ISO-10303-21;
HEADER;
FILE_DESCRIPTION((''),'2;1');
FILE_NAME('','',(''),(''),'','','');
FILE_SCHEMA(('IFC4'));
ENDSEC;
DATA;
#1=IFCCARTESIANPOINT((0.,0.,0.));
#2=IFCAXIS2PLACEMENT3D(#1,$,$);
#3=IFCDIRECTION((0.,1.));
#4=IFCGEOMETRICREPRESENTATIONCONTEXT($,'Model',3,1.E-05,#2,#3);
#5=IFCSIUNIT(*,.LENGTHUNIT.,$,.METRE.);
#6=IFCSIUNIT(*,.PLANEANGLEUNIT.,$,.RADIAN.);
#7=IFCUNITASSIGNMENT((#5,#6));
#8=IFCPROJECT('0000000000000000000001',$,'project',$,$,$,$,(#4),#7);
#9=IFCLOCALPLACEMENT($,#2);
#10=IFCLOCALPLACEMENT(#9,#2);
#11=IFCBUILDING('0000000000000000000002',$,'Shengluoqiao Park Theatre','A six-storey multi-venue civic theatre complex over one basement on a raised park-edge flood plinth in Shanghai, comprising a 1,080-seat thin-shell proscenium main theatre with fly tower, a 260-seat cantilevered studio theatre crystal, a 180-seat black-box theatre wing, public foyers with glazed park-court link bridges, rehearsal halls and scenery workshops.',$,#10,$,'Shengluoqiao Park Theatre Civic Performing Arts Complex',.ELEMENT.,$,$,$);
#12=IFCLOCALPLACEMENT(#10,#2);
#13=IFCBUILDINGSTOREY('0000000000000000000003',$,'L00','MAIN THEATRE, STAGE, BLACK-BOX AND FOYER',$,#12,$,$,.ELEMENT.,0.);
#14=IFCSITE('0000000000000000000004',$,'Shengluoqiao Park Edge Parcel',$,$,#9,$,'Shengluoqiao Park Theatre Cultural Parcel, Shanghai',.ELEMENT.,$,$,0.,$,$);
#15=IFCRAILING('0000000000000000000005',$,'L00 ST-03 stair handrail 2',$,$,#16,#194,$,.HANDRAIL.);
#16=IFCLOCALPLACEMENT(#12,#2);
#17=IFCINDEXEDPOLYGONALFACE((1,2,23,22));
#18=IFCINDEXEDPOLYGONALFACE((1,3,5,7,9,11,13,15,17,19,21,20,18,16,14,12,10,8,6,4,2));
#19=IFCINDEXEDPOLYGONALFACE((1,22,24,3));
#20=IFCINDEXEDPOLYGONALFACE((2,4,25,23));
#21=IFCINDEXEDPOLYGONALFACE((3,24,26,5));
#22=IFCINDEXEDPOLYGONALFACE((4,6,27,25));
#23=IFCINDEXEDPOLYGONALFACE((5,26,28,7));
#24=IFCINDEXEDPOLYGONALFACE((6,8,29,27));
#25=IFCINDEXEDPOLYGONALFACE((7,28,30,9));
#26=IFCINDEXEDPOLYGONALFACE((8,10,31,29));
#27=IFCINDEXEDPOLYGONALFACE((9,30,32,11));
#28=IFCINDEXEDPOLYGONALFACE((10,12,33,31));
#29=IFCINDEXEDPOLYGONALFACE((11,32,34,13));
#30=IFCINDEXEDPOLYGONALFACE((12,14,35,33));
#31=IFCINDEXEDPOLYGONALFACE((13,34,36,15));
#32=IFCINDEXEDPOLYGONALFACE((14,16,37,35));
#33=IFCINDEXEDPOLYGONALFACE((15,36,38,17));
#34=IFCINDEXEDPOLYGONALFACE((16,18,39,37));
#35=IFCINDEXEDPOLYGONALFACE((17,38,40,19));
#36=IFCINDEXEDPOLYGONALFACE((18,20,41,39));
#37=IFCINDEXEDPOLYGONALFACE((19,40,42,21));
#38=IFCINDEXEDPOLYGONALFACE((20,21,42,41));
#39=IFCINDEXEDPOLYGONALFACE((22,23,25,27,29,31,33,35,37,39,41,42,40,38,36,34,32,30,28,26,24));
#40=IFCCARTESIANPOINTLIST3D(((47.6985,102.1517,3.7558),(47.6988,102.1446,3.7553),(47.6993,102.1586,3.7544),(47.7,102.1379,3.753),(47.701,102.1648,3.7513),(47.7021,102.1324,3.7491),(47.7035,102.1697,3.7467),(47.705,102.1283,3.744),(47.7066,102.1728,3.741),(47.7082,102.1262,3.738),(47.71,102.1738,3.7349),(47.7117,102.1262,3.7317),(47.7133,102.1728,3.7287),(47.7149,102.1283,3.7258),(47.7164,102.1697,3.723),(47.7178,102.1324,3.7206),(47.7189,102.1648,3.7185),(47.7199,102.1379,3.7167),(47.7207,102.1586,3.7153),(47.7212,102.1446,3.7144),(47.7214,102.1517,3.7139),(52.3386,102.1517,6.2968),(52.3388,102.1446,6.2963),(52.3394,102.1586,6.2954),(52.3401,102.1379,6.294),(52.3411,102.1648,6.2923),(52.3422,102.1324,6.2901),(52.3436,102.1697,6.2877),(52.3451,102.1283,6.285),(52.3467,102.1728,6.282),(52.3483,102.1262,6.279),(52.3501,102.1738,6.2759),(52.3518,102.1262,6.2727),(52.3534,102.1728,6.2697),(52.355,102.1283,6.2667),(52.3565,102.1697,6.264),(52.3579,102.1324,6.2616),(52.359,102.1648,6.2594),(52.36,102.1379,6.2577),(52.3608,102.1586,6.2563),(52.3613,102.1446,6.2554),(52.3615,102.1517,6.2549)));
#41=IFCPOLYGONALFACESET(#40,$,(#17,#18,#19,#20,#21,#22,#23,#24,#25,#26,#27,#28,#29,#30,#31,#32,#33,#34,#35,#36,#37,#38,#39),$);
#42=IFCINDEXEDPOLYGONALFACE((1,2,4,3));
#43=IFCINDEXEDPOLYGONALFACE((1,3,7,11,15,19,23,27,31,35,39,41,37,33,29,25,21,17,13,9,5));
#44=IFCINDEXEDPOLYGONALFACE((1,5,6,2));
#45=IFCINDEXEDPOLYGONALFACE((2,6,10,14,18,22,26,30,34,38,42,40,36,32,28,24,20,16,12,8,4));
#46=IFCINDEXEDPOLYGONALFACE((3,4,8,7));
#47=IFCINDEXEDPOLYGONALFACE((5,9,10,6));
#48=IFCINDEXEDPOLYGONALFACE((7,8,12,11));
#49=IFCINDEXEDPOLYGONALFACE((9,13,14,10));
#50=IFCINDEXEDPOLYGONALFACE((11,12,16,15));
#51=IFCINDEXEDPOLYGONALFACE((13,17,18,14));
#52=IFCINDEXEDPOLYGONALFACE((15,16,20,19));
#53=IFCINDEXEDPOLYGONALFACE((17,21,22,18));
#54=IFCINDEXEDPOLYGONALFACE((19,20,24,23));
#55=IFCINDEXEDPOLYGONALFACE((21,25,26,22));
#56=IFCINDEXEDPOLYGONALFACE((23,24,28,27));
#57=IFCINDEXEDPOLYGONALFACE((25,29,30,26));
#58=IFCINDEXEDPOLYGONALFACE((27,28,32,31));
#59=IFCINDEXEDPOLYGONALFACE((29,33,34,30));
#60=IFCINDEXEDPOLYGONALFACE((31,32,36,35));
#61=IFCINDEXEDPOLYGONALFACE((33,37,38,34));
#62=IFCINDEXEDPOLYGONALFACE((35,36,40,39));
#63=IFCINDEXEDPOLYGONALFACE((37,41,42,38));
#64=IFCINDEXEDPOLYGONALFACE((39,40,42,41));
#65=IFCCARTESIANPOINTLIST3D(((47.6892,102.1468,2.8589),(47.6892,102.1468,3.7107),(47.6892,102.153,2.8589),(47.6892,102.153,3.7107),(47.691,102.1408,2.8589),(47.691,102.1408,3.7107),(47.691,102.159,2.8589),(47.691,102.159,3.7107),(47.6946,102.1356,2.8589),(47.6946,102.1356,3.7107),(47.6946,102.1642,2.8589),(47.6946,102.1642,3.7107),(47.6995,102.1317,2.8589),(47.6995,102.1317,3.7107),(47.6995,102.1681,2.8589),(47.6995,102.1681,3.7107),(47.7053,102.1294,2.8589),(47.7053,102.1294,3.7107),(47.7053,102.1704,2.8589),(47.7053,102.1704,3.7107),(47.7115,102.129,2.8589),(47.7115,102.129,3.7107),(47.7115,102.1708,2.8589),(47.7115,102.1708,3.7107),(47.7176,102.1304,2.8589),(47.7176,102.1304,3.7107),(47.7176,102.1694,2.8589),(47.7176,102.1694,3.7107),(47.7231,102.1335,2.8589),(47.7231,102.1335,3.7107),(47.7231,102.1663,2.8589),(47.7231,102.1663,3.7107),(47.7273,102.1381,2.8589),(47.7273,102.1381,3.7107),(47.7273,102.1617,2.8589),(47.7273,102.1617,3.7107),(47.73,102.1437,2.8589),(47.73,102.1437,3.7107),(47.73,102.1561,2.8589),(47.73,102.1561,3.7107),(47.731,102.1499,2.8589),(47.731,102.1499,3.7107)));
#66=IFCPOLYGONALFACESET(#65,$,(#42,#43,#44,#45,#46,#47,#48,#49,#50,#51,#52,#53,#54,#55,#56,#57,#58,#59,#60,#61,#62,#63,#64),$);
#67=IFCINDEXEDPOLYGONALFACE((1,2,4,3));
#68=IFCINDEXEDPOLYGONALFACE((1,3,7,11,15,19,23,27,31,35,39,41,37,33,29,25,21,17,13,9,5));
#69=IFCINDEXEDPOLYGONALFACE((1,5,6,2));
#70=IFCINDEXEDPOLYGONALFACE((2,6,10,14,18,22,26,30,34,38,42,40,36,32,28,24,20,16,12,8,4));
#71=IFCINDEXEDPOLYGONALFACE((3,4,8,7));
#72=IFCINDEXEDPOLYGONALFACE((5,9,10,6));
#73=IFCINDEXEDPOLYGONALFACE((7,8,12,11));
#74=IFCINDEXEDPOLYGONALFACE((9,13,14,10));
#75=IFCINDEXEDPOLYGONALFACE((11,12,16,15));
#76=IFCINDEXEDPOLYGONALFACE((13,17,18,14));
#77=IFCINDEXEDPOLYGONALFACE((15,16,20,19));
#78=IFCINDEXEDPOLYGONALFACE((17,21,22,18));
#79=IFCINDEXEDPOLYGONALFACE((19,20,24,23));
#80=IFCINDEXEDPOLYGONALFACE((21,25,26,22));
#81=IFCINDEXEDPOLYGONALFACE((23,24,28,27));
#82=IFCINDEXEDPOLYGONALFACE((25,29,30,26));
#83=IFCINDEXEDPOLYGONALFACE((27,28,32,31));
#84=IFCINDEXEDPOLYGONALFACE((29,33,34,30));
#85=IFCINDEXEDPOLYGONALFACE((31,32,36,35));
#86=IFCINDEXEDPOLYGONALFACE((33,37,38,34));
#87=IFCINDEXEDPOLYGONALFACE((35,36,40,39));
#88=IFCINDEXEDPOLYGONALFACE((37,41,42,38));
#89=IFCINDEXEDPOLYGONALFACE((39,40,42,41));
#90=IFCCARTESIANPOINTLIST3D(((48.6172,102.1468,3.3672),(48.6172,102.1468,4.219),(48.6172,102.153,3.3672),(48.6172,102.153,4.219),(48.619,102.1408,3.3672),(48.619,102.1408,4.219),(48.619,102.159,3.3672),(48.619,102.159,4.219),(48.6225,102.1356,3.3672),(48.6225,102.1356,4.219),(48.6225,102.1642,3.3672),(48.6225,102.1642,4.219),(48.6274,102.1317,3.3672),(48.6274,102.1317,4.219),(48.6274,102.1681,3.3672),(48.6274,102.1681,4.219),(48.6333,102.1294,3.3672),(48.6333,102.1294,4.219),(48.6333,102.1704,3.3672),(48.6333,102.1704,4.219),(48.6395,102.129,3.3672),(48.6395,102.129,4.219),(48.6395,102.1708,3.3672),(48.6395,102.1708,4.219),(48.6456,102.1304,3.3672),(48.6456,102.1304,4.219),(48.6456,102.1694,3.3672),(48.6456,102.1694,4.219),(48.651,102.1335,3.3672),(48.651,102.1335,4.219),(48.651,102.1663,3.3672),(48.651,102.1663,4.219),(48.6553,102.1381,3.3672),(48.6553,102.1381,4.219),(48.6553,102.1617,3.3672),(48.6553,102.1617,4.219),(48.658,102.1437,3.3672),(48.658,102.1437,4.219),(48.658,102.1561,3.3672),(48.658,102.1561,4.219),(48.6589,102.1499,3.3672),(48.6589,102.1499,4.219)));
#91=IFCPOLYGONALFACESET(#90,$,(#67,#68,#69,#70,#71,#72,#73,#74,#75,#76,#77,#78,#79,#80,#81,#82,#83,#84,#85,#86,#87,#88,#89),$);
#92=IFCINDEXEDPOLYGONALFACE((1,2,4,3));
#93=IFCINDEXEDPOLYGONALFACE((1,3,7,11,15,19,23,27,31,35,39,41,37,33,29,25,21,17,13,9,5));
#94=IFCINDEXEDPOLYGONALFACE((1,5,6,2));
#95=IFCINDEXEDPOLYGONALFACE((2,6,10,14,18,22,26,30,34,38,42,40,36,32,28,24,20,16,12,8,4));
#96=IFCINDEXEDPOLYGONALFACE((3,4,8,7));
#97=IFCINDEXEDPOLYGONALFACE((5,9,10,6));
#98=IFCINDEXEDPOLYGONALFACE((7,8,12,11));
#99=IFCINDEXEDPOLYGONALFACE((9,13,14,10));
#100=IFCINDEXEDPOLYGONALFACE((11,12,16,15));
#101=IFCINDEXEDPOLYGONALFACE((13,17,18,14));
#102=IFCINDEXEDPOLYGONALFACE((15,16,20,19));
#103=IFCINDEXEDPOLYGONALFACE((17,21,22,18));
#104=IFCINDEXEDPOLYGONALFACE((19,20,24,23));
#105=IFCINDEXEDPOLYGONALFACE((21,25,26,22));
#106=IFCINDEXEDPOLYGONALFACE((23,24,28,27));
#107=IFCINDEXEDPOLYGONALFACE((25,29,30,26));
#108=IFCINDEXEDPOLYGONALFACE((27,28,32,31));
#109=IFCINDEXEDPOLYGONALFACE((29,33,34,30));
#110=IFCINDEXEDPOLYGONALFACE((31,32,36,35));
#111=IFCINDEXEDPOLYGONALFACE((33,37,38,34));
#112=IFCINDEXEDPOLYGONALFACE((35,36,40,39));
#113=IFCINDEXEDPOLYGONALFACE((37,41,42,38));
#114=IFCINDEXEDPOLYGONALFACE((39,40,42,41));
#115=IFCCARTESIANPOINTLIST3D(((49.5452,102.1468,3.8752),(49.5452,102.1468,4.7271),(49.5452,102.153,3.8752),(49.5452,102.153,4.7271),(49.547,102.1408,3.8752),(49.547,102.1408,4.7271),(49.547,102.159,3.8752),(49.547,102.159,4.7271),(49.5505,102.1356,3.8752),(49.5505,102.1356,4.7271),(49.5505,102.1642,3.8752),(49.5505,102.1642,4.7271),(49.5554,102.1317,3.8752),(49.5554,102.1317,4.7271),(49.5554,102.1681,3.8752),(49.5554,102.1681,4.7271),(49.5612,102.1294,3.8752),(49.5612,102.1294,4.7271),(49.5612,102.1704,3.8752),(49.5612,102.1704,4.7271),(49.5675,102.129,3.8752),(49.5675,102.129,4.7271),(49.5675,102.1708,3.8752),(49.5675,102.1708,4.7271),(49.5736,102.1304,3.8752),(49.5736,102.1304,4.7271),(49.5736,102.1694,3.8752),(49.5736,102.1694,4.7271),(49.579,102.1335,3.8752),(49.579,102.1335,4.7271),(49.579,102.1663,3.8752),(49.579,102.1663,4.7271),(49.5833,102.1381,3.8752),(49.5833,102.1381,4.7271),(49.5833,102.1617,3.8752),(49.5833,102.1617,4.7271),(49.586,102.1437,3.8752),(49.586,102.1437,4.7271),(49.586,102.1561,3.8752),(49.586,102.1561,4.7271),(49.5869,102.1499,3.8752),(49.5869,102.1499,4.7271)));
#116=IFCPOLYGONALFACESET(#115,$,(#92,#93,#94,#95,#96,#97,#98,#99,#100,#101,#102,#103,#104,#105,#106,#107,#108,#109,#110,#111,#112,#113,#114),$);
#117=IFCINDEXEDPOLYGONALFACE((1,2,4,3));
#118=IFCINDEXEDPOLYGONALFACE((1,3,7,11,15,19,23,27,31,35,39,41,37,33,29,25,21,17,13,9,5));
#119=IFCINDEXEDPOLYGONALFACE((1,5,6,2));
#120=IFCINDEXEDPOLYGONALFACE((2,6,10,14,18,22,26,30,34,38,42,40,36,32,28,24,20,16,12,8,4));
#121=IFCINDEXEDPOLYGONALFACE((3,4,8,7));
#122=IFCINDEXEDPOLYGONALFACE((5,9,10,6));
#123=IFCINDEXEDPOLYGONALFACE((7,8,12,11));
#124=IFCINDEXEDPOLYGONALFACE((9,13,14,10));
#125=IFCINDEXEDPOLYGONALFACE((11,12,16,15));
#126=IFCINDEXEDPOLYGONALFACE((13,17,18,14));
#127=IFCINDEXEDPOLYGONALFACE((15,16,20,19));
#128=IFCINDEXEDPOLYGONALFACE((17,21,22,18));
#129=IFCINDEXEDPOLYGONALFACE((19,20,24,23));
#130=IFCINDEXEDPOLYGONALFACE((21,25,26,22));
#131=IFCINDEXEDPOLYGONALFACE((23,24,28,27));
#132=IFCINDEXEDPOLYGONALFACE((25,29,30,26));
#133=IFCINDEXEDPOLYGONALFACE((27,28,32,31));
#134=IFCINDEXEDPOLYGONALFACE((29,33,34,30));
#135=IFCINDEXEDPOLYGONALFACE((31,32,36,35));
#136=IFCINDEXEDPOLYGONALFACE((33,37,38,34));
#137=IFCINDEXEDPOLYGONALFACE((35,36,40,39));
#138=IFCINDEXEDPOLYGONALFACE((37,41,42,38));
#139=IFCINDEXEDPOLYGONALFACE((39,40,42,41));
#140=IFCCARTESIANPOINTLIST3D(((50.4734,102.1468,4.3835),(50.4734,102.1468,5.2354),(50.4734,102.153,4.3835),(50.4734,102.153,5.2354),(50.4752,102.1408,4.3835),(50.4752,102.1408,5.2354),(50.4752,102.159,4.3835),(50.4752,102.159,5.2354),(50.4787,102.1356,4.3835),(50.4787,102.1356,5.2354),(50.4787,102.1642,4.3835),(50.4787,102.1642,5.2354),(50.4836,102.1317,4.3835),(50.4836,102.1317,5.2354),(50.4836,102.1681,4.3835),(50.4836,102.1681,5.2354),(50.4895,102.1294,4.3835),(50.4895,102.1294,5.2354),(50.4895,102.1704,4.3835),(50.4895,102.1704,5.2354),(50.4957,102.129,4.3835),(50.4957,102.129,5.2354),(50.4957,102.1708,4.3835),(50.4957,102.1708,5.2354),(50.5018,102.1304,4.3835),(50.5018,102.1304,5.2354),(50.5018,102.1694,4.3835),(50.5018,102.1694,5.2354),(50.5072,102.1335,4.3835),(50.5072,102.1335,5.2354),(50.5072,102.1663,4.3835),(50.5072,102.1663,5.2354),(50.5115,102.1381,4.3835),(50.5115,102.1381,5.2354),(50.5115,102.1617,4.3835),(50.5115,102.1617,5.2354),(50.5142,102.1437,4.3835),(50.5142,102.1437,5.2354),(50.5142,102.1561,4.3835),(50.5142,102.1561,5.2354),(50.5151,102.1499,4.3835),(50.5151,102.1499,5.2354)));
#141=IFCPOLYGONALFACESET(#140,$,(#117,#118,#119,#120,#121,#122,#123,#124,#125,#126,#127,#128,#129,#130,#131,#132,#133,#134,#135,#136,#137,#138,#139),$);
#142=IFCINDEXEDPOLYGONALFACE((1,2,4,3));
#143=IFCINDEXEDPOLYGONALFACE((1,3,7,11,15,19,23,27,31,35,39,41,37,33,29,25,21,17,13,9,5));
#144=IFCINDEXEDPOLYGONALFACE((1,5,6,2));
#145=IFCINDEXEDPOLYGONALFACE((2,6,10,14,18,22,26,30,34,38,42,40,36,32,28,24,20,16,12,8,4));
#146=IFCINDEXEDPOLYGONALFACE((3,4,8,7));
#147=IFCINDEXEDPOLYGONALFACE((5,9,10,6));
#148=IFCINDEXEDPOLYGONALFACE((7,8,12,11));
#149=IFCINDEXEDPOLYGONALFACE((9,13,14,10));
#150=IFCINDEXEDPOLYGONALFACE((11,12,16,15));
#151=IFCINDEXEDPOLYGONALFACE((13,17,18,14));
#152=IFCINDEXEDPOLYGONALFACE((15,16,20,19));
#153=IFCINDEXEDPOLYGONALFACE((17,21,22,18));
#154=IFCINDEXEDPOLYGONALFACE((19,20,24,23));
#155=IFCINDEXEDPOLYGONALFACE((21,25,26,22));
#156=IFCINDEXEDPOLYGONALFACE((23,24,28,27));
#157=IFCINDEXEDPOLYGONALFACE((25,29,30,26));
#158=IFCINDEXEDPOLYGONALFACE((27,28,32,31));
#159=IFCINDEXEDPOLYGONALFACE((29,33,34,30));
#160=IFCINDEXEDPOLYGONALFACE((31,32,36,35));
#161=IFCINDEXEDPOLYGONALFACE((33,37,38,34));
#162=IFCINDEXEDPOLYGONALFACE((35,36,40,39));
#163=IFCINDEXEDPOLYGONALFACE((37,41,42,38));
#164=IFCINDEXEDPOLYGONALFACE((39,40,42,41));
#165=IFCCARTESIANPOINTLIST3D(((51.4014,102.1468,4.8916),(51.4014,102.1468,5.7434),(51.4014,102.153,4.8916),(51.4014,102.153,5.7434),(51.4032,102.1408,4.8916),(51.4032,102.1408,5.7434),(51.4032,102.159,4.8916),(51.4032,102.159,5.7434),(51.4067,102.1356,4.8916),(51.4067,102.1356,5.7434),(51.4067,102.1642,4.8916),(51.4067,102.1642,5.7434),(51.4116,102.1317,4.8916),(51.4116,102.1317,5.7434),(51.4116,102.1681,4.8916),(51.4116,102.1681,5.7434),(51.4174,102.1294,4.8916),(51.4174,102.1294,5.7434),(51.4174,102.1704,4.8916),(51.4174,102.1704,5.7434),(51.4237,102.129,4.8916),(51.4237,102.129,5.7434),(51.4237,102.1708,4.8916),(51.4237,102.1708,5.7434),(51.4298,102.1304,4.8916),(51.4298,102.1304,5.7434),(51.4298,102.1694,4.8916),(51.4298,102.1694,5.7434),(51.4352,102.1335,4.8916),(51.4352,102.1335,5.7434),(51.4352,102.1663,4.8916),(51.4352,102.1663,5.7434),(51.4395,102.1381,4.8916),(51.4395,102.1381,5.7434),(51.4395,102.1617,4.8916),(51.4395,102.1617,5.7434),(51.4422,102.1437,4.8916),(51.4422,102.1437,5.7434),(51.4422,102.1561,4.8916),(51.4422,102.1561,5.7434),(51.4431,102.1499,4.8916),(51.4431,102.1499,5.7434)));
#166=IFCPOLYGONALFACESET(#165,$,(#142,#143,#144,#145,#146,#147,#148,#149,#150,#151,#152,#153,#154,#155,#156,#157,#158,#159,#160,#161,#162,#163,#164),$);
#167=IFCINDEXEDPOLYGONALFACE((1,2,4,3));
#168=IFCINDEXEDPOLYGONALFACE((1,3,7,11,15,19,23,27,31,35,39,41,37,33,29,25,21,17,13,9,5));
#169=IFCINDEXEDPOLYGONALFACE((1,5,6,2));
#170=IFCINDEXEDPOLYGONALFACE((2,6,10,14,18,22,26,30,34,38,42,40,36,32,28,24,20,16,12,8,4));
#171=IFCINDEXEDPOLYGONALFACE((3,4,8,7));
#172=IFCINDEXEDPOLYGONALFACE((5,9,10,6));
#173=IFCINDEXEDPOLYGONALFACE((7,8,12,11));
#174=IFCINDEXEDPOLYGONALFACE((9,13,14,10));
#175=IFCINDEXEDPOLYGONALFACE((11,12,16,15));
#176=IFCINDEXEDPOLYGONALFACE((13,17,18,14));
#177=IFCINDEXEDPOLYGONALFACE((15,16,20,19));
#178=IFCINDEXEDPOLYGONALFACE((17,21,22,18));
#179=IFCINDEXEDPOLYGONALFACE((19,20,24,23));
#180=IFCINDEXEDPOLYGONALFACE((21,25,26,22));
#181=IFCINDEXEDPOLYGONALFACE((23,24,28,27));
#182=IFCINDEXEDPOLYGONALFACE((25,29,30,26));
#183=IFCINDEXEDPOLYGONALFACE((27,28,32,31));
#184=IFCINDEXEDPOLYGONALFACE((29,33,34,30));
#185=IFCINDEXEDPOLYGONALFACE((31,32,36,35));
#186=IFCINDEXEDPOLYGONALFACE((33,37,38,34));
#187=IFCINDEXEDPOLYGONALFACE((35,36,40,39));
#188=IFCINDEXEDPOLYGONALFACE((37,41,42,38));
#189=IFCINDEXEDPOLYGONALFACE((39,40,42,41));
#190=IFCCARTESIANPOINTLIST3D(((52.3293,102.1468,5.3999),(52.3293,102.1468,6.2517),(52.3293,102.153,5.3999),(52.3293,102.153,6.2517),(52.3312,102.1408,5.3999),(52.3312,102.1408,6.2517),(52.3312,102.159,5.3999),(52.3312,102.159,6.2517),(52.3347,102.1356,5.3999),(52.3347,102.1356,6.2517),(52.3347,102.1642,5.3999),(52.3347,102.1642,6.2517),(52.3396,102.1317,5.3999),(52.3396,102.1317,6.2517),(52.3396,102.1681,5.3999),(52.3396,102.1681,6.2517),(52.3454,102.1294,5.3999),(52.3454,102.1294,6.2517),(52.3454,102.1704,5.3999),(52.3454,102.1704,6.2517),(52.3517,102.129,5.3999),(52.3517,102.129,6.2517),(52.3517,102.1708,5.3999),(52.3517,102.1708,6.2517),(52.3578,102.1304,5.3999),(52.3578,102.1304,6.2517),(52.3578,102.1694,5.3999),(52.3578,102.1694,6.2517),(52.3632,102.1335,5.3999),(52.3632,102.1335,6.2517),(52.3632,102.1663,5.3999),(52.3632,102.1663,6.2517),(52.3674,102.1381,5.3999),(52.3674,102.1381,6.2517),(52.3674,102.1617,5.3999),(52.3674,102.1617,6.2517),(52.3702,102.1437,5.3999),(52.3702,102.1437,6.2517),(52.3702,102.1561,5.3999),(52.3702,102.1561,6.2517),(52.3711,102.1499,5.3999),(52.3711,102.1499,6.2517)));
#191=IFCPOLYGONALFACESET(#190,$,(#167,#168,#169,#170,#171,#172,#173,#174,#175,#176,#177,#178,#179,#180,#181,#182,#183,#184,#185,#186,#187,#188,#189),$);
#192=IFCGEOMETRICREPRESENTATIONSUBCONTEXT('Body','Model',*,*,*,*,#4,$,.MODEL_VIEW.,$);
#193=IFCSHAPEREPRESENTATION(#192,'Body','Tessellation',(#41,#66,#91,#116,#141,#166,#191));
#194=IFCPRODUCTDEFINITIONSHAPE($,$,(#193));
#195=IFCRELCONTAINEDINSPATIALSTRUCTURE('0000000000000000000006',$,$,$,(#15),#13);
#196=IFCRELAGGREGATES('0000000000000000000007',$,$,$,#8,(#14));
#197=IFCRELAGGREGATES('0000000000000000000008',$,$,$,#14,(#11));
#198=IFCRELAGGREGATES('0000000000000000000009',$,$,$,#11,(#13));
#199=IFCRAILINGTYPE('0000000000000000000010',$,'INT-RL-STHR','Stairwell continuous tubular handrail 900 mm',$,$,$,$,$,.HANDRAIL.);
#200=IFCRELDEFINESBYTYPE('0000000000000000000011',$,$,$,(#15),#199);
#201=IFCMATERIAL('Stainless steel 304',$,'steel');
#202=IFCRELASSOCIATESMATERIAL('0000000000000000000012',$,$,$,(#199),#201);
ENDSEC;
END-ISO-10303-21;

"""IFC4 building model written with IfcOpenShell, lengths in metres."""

from ifc_helpers import new_model, si_unit, direction, frame, origin, origin_2d, place, context, subcontext, project, spatial, circle, extrude, material, type_object, element, save


model = new_model("IFC4")

# Units and contexts
model_context = context("Model", 3, precision=1e-05, world=origin(), true_north=direction((0.0, 1.0)))
body_context = subcontext(model_context, "Body", "Model", "MODEL_VIEW")
ifc_project = project(units=[si_unit("LENGTHUNIT", "METRE"), si_unit("PLANEANGLEUNIT", "RADIAN")], contexts=[model_context])

# Site, building, storey
site_placement = place(None, origin())
site = spatial("IfcSite", under=ifc_project, at=site_placement, Name="Shengluoqiao Park Edge Parcel", LongName="Shengluoqiao Park Theatre Cultural Parcel, Shanghai", CompositionType="ELEMENT", RefElevation=0.0)
building_placement = place(site_placement, origin())
building = spatial("IfcBuilding", under=site, at=building_placement, Name="Shengluoqiao Park Theatre", Description="A six-storey multi-venue civic theatre complex over one basement on a raised park-edge flood plinth in Shanghai, comprising a 1,080-seat thin-shell proscenium main theatre with fly tower, a 260-seat cantilevered studio theatre crystal, a 180-seat black-box theatre wing, public foyers with glazed park-court link bridges, rehearsal halls and scenery workshops.", LongName="Shengluoqiao Park Theatre Civic Performing Arts Complex", CompositionType="ELEMENT")
storey_placement = place(building_placement, origin())
storey = spatial("IfcBuildingStorey", under=building, at=storey_placement, Name="L00", Description="MAIN THEATRE, STAGE, BLACK-BOX AND FOYER", CompositionType="ELEMENT", Elevation=0.0)

# Railing
ifc_material_1 = material(Name="Stainless steel 304", Category="steel")
railing_type_1 = type_object("IfcRailingType", Name="INT-RL-STHR", Description="Stairwell continuous tubular handrail 900 mm", PredefinedType="HANDRAIL", material=ifc_material_1)
railing_1_placement = place(storey_placement, frame((47.71, 102.1499, 2.8589)))
element("IfcRailing", 1, at=railing_1_placement, inside=storey, type_object=railing_type_1, Name="L00 ST-03 stair handrail 2", PredefinedType="HANDRAIL", context=body_context, shape_type="SweptSolid", body=[
    extrude(circle(Radius=0.0239, at=origin_2d()), frame((0.0, 0.0, 0.876), z_axis=(0.877097, 0.0, 0.480313), x_axis=(0.0, 1.0, 0.0)), (0.0, 0.0, 1.0), 5.2903),
    extrude(circle(Radius=0.021, at=origin_2d()), origin(), (0.0, 0.0, 1.0), 0.8518),
    extrude(circle(Radius=0.021, at=origin_2d()), frame((0.928, 0.0, 0.5083)), (0.0, 0.0, 1.0), 0.8518),
    extrude(circle(Radius=0.021, at=origin_2d()), frame((1.856, 0.0, 1.0164)), (0.0, 0.0, 1.0), 0.8518),
    extrude(circle(Radius=0.021, at=origin_2d()), frame((2.7842, 0.0, 1.5247)), (0.0, 0.0, 1.0), 0.8518),
    extrude(circle(Radius=0.021, at=origin_2d()), frame((3.7122, 0.0, 2.0327)), (0.0, 0.0, 1.0), 0.8518),
    extrude(circle(Radius=0.021, at=origin_2d()), frame((4.6401, 0.0, 2.541)), (0.0, 0.0, 1.0), 0.8518),
])

save(model, "model.ifc")
